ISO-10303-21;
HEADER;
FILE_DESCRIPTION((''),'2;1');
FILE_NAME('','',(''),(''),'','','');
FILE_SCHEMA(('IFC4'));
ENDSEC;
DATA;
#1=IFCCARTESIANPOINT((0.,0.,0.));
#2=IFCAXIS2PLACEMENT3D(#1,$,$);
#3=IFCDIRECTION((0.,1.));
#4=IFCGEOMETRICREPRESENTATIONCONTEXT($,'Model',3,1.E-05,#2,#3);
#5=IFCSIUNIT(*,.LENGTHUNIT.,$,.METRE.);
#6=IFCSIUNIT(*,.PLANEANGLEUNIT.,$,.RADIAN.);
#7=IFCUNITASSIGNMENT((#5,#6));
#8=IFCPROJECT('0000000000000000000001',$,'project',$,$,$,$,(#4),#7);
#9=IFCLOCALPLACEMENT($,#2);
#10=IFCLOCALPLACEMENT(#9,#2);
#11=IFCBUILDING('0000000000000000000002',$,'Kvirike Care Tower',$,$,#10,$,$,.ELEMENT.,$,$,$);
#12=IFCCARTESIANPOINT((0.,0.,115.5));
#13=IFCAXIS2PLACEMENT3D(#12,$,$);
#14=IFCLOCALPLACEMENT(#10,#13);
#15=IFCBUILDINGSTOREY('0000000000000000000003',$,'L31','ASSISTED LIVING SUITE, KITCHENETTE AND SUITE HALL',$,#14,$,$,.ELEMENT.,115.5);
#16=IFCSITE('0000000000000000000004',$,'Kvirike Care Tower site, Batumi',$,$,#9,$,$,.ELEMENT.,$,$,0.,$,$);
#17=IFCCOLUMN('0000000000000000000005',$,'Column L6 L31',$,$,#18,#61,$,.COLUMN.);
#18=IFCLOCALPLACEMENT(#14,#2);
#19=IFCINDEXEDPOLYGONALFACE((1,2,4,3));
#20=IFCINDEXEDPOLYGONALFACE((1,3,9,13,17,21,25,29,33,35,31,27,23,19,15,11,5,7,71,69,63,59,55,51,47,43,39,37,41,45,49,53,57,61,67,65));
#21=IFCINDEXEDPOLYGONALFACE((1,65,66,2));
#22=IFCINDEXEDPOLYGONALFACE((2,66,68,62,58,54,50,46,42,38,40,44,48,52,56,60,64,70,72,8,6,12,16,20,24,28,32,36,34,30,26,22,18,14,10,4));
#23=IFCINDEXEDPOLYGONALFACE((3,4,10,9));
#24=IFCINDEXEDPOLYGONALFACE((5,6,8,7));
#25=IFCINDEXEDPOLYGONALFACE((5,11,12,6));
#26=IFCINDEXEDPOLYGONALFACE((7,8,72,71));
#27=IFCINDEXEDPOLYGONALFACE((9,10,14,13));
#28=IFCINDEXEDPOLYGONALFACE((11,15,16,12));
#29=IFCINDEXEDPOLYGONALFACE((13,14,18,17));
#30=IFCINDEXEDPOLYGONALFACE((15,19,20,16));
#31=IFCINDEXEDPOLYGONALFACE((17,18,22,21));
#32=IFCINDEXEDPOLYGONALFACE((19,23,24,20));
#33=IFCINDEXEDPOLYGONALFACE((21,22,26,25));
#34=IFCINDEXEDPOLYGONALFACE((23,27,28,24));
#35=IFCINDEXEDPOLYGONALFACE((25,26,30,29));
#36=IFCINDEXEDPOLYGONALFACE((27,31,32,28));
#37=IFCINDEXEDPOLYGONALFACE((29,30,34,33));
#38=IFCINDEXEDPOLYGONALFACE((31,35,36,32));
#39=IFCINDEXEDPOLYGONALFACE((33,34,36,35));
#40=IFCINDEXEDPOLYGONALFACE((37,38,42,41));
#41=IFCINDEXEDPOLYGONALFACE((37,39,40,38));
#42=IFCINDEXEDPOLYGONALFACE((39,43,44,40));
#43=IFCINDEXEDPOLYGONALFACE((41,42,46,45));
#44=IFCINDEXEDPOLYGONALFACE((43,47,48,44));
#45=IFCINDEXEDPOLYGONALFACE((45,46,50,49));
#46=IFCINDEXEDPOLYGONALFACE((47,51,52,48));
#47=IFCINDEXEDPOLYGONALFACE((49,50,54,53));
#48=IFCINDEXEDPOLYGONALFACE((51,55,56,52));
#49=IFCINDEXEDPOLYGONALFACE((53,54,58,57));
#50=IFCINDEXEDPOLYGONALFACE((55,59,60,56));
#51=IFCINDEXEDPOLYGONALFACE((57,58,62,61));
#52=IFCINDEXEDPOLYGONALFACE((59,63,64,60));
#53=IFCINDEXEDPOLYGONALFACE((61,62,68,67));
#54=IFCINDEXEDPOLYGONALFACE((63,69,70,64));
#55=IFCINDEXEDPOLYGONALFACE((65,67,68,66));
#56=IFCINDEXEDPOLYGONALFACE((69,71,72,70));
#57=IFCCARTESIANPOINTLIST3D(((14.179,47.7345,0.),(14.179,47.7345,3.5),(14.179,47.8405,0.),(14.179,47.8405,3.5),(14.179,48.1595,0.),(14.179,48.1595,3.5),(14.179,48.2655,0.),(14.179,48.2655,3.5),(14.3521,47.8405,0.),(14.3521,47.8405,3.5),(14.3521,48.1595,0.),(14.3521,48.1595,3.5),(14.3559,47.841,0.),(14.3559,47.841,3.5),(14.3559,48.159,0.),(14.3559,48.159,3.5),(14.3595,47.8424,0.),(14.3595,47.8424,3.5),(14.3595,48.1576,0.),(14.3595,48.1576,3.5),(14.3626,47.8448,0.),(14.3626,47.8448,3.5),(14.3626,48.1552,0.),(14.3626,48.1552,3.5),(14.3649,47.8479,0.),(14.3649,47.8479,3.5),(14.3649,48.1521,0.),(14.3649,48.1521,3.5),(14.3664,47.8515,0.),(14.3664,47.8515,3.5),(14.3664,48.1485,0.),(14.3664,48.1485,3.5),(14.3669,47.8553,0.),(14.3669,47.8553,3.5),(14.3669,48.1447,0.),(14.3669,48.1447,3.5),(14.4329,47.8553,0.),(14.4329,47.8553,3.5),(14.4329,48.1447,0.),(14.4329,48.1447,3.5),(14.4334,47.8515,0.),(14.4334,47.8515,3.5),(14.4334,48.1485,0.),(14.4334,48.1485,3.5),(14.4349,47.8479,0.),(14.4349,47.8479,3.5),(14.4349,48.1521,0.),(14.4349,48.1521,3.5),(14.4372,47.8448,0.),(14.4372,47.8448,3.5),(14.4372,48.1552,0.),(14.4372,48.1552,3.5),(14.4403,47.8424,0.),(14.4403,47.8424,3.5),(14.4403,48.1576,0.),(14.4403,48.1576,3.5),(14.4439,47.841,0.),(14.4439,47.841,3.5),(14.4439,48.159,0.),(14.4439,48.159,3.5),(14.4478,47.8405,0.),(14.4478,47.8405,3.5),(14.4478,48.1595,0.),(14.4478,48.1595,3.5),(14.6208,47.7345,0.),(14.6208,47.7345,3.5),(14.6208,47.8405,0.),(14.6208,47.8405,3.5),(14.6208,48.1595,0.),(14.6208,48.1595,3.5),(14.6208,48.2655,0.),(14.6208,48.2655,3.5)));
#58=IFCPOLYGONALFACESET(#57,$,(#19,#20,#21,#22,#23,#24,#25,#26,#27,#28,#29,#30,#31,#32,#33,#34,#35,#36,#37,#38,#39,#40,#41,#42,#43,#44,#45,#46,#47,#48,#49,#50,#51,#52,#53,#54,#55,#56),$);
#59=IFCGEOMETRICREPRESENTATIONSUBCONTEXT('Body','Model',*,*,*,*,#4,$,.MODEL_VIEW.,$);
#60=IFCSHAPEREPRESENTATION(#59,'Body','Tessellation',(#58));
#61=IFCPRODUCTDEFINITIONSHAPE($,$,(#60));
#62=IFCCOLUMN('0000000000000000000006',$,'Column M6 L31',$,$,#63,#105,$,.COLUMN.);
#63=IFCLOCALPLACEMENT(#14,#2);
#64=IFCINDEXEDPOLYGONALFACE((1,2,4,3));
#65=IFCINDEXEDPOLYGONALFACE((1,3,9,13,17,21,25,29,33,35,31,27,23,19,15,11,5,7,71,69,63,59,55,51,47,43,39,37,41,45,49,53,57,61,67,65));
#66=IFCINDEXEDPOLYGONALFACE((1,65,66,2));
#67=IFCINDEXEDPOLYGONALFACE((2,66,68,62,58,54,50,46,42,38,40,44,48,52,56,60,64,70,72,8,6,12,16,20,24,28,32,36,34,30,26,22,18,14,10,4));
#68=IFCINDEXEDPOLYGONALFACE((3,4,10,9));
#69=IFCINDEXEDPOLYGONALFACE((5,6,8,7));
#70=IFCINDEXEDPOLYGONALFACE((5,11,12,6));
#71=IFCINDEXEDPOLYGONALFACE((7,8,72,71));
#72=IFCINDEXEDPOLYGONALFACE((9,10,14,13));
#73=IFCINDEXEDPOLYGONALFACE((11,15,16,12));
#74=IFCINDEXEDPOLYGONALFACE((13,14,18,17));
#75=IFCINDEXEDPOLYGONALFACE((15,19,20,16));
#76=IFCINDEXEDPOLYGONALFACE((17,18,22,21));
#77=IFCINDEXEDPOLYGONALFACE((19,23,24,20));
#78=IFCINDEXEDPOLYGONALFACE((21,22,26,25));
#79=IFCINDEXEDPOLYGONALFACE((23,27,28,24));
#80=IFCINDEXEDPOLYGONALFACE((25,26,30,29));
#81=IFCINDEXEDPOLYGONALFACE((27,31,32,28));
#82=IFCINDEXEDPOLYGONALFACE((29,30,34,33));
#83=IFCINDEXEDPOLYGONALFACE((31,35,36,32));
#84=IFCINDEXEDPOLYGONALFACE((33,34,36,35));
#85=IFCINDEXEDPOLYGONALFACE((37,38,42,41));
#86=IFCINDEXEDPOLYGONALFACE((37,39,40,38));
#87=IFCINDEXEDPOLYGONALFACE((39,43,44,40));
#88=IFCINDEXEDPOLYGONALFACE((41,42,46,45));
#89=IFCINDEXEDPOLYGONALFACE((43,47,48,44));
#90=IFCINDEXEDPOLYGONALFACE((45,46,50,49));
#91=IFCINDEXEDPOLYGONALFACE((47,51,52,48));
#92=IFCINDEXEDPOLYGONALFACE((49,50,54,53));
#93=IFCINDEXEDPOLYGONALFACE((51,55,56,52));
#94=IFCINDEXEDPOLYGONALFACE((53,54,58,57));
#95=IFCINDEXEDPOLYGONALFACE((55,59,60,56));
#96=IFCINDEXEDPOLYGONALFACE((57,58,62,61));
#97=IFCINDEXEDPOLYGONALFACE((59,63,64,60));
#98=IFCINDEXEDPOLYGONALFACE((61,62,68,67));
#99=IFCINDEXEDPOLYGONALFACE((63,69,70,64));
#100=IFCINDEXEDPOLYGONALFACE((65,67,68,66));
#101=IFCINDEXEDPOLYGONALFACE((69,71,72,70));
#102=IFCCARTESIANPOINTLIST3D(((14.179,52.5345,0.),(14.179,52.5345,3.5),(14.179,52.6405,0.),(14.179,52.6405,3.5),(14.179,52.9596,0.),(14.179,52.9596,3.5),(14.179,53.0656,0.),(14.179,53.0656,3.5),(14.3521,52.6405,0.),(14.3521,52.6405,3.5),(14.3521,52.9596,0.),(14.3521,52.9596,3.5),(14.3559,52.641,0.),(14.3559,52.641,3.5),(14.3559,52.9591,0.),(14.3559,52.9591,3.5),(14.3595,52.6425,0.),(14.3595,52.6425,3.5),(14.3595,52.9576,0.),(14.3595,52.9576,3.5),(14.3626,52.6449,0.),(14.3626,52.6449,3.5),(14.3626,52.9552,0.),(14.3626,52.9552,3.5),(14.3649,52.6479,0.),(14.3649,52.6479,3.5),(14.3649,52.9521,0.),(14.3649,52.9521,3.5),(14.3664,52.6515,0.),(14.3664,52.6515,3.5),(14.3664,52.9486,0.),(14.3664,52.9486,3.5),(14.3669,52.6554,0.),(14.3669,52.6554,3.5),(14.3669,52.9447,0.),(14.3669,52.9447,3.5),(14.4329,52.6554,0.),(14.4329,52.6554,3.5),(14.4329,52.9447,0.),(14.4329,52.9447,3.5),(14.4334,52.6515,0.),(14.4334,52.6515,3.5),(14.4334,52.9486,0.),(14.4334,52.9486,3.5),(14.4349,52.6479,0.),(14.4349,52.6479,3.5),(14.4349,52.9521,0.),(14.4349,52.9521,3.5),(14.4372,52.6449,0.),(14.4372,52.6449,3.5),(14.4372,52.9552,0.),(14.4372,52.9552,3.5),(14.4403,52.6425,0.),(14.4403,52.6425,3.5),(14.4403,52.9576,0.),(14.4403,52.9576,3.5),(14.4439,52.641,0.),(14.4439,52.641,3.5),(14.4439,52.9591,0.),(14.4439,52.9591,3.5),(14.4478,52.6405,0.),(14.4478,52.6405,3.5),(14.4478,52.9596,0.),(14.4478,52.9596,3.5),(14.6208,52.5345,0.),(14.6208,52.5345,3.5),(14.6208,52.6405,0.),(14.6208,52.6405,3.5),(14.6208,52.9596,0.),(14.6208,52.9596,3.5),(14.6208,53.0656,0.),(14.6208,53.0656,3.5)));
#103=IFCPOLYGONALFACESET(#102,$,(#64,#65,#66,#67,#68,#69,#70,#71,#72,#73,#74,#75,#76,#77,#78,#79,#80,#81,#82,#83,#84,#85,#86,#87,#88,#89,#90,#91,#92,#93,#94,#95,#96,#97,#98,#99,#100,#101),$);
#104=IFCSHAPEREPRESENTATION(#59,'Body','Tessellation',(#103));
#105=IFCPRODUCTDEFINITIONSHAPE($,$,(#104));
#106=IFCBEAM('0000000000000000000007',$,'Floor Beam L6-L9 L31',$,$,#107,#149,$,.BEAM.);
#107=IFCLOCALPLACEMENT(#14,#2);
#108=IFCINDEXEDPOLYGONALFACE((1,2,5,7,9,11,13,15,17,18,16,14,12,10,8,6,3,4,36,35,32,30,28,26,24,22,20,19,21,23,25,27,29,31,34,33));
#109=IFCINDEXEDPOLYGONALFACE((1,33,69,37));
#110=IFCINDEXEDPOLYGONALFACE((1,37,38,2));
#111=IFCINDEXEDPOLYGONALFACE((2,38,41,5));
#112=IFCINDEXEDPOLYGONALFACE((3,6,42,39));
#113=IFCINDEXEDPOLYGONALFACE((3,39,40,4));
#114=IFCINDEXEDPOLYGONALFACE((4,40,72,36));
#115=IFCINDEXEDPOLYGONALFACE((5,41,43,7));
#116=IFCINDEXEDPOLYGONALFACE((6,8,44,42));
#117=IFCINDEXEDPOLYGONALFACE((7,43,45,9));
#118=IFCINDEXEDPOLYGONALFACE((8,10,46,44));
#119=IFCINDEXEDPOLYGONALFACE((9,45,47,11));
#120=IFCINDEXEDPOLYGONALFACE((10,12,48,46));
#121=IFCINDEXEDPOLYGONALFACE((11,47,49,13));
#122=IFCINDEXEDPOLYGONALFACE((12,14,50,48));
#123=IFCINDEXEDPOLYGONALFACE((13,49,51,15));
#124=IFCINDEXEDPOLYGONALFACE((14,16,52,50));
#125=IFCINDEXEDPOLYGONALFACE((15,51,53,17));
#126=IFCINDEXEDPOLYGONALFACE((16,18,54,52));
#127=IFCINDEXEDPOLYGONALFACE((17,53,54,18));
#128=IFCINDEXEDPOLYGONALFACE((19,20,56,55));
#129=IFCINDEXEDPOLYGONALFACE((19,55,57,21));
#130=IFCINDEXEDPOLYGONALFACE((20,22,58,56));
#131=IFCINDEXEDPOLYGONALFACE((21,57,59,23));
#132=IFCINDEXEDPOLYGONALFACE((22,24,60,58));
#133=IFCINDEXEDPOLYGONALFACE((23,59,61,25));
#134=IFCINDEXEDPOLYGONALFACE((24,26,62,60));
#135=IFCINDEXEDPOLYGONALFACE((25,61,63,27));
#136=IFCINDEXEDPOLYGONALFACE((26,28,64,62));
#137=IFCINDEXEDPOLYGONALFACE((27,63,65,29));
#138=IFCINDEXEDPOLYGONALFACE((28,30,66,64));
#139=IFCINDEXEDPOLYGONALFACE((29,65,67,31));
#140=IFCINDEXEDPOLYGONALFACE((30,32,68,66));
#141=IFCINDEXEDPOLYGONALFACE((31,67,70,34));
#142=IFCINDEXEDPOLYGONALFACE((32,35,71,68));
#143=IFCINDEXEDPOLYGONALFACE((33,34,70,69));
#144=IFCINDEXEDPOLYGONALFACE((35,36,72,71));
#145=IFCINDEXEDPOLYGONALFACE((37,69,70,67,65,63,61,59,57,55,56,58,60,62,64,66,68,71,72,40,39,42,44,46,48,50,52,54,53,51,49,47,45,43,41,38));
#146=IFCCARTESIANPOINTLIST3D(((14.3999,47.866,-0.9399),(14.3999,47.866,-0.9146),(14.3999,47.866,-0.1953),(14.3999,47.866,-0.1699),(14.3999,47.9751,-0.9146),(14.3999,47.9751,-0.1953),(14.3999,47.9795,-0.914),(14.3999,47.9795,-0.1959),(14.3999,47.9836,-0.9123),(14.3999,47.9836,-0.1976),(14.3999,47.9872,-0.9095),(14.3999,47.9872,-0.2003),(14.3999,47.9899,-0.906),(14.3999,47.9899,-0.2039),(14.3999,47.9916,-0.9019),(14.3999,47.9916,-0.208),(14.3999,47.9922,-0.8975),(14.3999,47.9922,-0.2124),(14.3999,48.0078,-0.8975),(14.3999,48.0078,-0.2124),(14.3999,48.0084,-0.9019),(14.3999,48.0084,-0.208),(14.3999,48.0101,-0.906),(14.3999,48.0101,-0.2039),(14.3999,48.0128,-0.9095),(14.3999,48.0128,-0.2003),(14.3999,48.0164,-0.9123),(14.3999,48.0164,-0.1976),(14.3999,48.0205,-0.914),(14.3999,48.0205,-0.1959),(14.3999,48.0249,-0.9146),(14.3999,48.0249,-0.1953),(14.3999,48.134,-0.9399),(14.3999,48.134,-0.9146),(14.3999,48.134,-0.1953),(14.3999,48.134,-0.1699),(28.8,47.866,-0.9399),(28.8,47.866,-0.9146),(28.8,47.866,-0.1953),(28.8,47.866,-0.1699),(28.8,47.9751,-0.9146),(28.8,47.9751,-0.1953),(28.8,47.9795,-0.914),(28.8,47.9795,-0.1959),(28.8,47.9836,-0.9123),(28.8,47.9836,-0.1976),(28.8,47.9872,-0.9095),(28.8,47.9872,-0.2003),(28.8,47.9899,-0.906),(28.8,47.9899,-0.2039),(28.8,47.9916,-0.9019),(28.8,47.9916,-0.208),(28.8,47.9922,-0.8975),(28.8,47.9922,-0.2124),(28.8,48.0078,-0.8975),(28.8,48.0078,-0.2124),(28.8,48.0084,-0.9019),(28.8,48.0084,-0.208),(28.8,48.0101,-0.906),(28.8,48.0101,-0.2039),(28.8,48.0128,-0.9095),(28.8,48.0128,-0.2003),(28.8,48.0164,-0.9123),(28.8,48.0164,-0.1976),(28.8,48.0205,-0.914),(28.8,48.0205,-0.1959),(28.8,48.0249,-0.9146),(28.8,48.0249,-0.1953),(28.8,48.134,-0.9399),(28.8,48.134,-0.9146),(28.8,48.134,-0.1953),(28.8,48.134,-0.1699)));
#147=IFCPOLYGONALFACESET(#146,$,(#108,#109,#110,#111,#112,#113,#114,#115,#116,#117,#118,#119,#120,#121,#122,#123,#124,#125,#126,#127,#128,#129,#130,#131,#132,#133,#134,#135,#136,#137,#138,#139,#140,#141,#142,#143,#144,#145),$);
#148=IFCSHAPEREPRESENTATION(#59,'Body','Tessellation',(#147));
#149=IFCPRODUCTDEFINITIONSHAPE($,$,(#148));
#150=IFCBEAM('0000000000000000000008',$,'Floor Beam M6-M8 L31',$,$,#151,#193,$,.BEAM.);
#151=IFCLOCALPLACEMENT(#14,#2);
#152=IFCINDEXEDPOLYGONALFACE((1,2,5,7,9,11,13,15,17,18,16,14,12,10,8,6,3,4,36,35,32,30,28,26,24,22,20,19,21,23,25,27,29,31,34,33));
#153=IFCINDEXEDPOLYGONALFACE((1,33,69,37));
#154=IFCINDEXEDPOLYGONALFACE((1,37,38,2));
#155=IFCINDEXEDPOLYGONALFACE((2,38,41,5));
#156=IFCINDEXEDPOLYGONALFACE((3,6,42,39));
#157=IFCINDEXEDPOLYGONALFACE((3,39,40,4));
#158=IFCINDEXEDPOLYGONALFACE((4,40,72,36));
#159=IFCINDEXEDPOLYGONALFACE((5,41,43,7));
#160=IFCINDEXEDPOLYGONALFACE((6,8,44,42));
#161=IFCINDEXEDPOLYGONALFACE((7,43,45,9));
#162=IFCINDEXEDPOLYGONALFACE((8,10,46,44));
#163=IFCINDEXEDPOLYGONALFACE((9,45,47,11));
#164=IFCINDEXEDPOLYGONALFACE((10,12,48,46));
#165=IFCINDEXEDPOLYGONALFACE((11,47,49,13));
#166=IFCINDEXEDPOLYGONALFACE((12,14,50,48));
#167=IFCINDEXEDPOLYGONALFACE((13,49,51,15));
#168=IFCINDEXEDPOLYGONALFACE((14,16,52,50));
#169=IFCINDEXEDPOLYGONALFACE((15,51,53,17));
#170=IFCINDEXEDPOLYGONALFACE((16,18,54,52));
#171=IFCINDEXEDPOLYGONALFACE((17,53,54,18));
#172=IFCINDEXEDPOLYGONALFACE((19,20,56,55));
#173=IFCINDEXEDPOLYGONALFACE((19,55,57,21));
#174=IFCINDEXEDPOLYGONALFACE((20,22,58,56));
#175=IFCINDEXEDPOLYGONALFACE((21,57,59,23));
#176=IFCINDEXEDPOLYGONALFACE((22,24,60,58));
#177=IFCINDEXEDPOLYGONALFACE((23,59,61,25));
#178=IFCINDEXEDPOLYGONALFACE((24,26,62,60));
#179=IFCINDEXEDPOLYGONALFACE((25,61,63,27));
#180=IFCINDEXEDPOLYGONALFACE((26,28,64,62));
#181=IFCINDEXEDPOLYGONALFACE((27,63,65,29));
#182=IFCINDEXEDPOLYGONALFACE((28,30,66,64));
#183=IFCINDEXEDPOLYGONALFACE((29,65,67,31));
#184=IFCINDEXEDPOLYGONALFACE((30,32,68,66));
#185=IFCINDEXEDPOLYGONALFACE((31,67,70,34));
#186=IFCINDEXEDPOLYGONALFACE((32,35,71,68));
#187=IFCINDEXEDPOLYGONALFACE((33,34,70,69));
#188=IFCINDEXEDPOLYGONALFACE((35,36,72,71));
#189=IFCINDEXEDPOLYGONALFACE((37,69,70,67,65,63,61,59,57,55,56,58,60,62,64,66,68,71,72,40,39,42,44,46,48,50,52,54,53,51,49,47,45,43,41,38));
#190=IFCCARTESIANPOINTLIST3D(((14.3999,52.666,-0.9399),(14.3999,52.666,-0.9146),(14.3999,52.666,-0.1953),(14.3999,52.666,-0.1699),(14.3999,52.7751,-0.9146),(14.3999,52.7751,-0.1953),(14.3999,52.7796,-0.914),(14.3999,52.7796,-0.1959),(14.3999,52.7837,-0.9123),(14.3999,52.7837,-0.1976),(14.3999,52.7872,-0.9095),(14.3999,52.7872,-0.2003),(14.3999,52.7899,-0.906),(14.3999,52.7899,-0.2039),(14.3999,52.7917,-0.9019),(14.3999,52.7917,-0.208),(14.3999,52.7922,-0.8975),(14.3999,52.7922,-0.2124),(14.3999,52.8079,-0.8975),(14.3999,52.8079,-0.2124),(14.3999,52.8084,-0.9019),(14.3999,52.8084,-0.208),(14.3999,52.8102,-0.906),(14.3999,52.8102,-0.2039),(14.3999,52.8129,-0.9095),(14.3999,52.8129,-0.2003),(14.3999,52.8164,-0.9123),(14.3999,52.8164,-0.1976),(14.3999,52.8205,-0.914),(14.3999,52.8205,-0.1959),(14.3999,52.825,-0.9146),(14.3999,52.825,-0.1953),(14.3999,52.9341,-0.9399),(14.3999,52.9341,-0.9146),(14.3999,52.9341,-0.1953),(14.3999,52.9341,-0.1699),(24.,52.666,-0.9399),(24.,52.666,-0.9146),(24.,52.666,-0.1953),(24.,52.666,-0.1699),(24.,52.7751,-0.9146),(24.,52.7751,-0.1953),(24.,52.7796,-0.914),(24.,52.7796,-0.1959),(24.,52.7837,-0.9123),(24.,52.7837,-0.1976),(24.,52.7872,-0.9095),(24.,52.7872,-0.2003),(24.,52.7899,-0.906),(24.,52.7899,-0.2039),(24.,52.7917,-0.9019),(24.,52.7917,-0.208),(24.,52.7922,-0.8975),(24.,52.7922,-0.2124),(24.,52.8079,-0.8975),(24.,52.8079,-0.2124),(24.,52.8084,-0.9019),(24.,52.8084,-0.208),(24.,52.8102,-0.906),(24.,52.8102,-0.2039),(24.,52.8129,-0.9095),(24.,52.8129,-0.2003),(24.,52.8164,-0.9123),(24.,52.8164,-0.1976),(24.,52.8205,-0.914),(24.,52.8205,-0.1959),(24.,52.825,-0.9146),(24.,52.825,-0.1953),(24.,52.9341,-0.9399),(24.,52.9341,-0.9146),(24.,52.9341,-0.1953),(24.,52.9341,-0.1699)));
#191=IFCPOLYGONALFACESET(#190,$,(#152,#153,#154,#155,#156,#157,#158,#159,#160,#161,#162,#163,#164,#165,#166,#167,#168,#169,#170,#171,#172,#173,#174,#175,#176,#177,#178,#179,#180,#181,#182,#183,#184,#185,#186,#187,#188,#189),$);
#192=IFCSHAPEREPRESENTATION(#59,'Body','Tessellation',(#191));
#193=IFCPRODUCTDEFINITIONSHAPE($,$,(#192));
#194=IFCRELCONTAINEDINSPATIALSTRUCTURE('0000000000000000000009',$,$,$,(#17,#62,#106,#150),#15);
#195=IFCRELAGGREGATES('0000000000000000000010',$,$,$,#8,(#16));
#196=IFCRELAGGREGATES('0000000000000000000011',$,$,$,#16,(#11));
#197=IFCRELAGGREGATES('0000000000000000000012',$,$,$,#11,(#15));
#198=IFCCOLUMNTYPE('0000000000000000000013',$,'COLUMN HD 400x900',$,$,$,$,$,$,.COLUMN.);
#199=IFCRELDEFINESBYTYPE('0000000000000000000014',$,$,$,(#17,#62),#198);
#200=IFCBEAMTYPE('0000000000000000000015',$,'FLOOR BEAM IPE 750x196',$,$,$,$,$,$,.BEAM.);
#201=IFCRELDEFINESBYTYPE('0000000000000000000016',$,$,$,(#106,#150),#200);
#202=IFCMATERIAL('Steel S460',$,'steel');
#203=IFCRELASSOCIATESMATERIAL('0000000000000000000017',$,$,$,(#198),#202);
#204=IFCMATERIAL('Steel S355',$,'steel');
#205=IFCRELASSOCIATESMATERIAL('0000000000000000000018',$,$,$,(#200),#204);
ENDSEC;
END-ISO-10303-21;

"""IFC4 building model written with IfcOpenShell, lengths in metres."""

from ifc_helpers import new_model, si_unit, direction, frame, origin, origin_2d, place, context, subcontext, project, spatial, i_section, extrude, material, material_profile, profile_set, type_object, element, save


model = new_model("IFC4")

# Units and contexts
model_context = context("Model", 3, precision=1e-05, world=origin(), true_north=direction((0.0, 1.0)))
body_context = subcontext(model_context, "Body", "Model", "MODEL_VIEW")
ifc_project = project(units=[si_unit("LENGTHUNIT", "METRE"), si_unit("PLANEANGLEUNIT", "RADIAN")], contexts=[model_context])

# Site, building, storey
site_placement = place(None, origin())
site = spatial("IfcSite", under=ifc_project, at=site_placement, Name="Kvirike Care Tower site, Batumi", CompositionType="ELEMENT", RefElevation=0.0)
building_placement = place(site_placement, origin())
building = spatial("IfcBuilding", under=site, at=building_placement, Name="Kvirike Care Tower", CompositionType="ELEMENT")
storey_placement = place(building_placement, frame((0.0, 0.0, 115.5)))
storey = spatial("IfcBuildingStorey", under=building, at=storey_placement, Name="L31", Description="ASSISTED LIVING SUITE, KITCHENETTE AND SUITE HALL", CompositionType="ELEMENT", Elevation=115.5)

# Columns
ifc_material_1 = material(Name="Steel S460", Category="steel")
ifc_material_profile_1 = material_profile(ifc_material_1, i_section(OverallWidth=0.4419, OverallDepth=0.531, WebThickness=0.0659, FlangeThickness=0.106, FilletRadius=0.0149, at=origin_2d()), Name="HD 400x900")
ifc_profile_set_1 = profile_set([ifc_material_profile_1], Name="Steel S460")
column_type = type_object("IfcColumnType", Name="COLUMN HD 400x900", PredefinedType="COLUMN", material=ifc_profile_set_1)
for number, where, z_axis, x_axis, name in (
    (1, (14.3999, 48.0, 0.0), (0.0, 0.0, 1.0), (1.0, 0.0, 0.0), "Column L6 L31"),
    (2, (14.3999, 52.8, 0.0), (0.0, 0.0, 1.0), (1.0, 0.0, 0.0), "Column M6 L31"),
):
    element("IfcColumn", number, at=place(storey_placement, frame(where, z_axis=z_axis, x_axis=x_axis)), inside=storey, type_object=column_type, Name=name, PredefinedType="COLUMN", context=body_context, shape_type="SweptSolid", body=[
        extrude(i_section(OverallWidth=0.4419, OverallDepth=0.531, WebThickness=0.0659, FlangeThickness=0.106, FilletRadius=0.0149, at=origin_2d()), origin(), (0.0, 0.0, 1.0), 3.5),
    ])

# Beams
ifc_material_2 = material(Name="Steel S355", Category="steel")
ifc_material_profile_2 = material_profile(ifc_material_2, i_section(OverallWidth=0.2681, OverallDepth=0.77, WebThickness=0.0156, FlangeThickness=0.0254, FilletRadius=0.0171, at=origin_2d()), Name="IPE 750x196")
ifc_profile_set_2 = profile_set([ifc_material_profile_2], Name="Steel S355")
beam_type_1 = type_object("IfcBeamType", Name="FLOOR BEAM IPE 750x196", PredefinedType="BEAM", material=ifc_profile_set_2)
beam_1_placement = place(storey_placement, frame((14.3999, 48.0, -0.5549), z_axis=(1.0, 0.0, 0.0), x_axis=(0.0, 1.0, 0.0)))
element("IfcBeam", 3, at=beam_1_placement, inside=storey, type_object=beam_type_1, Name="Floor Beam L6-L9 L31", PredefinedType="BEAM", context=body_context, shape_type="SweptSolid", body=[
    extrude(i_section(OverallWidth=0.2681, OverallDepth=0.77, WebThickness=0.0156, FlangeThickness=0.0254, FilletRadius=0.0171, at=origin_2d()), origin(), (0.0, 0.0, 1.0), 14.4001),
])
beam_2_placement = place(storey_placement, frame((14.3999, 52.8, -0.5549), z_axis=(1.0, 0.0, 0.0), x_axis=(0.0, 1.0, 0.0)))
element("IfcBeam", 4, at=beam_2_placement, inside=storey, type_object=beam_type_1, Name="Floor Beam M6-M8 L31", PredefinedType="BEAM", context=body_context, shape_type="SweptSolid", body=[
    extrude(i_section(OverallWidth=0.2681, OverallDepth=0.77, WebThickness=0.0156, FlangeThickness=0.0254, FilletRadius=0.0171, at=origin_2d()), origin(), (0.0, 0.0, 1.0), 9.6001),
])

save(model, "model.ifc")
